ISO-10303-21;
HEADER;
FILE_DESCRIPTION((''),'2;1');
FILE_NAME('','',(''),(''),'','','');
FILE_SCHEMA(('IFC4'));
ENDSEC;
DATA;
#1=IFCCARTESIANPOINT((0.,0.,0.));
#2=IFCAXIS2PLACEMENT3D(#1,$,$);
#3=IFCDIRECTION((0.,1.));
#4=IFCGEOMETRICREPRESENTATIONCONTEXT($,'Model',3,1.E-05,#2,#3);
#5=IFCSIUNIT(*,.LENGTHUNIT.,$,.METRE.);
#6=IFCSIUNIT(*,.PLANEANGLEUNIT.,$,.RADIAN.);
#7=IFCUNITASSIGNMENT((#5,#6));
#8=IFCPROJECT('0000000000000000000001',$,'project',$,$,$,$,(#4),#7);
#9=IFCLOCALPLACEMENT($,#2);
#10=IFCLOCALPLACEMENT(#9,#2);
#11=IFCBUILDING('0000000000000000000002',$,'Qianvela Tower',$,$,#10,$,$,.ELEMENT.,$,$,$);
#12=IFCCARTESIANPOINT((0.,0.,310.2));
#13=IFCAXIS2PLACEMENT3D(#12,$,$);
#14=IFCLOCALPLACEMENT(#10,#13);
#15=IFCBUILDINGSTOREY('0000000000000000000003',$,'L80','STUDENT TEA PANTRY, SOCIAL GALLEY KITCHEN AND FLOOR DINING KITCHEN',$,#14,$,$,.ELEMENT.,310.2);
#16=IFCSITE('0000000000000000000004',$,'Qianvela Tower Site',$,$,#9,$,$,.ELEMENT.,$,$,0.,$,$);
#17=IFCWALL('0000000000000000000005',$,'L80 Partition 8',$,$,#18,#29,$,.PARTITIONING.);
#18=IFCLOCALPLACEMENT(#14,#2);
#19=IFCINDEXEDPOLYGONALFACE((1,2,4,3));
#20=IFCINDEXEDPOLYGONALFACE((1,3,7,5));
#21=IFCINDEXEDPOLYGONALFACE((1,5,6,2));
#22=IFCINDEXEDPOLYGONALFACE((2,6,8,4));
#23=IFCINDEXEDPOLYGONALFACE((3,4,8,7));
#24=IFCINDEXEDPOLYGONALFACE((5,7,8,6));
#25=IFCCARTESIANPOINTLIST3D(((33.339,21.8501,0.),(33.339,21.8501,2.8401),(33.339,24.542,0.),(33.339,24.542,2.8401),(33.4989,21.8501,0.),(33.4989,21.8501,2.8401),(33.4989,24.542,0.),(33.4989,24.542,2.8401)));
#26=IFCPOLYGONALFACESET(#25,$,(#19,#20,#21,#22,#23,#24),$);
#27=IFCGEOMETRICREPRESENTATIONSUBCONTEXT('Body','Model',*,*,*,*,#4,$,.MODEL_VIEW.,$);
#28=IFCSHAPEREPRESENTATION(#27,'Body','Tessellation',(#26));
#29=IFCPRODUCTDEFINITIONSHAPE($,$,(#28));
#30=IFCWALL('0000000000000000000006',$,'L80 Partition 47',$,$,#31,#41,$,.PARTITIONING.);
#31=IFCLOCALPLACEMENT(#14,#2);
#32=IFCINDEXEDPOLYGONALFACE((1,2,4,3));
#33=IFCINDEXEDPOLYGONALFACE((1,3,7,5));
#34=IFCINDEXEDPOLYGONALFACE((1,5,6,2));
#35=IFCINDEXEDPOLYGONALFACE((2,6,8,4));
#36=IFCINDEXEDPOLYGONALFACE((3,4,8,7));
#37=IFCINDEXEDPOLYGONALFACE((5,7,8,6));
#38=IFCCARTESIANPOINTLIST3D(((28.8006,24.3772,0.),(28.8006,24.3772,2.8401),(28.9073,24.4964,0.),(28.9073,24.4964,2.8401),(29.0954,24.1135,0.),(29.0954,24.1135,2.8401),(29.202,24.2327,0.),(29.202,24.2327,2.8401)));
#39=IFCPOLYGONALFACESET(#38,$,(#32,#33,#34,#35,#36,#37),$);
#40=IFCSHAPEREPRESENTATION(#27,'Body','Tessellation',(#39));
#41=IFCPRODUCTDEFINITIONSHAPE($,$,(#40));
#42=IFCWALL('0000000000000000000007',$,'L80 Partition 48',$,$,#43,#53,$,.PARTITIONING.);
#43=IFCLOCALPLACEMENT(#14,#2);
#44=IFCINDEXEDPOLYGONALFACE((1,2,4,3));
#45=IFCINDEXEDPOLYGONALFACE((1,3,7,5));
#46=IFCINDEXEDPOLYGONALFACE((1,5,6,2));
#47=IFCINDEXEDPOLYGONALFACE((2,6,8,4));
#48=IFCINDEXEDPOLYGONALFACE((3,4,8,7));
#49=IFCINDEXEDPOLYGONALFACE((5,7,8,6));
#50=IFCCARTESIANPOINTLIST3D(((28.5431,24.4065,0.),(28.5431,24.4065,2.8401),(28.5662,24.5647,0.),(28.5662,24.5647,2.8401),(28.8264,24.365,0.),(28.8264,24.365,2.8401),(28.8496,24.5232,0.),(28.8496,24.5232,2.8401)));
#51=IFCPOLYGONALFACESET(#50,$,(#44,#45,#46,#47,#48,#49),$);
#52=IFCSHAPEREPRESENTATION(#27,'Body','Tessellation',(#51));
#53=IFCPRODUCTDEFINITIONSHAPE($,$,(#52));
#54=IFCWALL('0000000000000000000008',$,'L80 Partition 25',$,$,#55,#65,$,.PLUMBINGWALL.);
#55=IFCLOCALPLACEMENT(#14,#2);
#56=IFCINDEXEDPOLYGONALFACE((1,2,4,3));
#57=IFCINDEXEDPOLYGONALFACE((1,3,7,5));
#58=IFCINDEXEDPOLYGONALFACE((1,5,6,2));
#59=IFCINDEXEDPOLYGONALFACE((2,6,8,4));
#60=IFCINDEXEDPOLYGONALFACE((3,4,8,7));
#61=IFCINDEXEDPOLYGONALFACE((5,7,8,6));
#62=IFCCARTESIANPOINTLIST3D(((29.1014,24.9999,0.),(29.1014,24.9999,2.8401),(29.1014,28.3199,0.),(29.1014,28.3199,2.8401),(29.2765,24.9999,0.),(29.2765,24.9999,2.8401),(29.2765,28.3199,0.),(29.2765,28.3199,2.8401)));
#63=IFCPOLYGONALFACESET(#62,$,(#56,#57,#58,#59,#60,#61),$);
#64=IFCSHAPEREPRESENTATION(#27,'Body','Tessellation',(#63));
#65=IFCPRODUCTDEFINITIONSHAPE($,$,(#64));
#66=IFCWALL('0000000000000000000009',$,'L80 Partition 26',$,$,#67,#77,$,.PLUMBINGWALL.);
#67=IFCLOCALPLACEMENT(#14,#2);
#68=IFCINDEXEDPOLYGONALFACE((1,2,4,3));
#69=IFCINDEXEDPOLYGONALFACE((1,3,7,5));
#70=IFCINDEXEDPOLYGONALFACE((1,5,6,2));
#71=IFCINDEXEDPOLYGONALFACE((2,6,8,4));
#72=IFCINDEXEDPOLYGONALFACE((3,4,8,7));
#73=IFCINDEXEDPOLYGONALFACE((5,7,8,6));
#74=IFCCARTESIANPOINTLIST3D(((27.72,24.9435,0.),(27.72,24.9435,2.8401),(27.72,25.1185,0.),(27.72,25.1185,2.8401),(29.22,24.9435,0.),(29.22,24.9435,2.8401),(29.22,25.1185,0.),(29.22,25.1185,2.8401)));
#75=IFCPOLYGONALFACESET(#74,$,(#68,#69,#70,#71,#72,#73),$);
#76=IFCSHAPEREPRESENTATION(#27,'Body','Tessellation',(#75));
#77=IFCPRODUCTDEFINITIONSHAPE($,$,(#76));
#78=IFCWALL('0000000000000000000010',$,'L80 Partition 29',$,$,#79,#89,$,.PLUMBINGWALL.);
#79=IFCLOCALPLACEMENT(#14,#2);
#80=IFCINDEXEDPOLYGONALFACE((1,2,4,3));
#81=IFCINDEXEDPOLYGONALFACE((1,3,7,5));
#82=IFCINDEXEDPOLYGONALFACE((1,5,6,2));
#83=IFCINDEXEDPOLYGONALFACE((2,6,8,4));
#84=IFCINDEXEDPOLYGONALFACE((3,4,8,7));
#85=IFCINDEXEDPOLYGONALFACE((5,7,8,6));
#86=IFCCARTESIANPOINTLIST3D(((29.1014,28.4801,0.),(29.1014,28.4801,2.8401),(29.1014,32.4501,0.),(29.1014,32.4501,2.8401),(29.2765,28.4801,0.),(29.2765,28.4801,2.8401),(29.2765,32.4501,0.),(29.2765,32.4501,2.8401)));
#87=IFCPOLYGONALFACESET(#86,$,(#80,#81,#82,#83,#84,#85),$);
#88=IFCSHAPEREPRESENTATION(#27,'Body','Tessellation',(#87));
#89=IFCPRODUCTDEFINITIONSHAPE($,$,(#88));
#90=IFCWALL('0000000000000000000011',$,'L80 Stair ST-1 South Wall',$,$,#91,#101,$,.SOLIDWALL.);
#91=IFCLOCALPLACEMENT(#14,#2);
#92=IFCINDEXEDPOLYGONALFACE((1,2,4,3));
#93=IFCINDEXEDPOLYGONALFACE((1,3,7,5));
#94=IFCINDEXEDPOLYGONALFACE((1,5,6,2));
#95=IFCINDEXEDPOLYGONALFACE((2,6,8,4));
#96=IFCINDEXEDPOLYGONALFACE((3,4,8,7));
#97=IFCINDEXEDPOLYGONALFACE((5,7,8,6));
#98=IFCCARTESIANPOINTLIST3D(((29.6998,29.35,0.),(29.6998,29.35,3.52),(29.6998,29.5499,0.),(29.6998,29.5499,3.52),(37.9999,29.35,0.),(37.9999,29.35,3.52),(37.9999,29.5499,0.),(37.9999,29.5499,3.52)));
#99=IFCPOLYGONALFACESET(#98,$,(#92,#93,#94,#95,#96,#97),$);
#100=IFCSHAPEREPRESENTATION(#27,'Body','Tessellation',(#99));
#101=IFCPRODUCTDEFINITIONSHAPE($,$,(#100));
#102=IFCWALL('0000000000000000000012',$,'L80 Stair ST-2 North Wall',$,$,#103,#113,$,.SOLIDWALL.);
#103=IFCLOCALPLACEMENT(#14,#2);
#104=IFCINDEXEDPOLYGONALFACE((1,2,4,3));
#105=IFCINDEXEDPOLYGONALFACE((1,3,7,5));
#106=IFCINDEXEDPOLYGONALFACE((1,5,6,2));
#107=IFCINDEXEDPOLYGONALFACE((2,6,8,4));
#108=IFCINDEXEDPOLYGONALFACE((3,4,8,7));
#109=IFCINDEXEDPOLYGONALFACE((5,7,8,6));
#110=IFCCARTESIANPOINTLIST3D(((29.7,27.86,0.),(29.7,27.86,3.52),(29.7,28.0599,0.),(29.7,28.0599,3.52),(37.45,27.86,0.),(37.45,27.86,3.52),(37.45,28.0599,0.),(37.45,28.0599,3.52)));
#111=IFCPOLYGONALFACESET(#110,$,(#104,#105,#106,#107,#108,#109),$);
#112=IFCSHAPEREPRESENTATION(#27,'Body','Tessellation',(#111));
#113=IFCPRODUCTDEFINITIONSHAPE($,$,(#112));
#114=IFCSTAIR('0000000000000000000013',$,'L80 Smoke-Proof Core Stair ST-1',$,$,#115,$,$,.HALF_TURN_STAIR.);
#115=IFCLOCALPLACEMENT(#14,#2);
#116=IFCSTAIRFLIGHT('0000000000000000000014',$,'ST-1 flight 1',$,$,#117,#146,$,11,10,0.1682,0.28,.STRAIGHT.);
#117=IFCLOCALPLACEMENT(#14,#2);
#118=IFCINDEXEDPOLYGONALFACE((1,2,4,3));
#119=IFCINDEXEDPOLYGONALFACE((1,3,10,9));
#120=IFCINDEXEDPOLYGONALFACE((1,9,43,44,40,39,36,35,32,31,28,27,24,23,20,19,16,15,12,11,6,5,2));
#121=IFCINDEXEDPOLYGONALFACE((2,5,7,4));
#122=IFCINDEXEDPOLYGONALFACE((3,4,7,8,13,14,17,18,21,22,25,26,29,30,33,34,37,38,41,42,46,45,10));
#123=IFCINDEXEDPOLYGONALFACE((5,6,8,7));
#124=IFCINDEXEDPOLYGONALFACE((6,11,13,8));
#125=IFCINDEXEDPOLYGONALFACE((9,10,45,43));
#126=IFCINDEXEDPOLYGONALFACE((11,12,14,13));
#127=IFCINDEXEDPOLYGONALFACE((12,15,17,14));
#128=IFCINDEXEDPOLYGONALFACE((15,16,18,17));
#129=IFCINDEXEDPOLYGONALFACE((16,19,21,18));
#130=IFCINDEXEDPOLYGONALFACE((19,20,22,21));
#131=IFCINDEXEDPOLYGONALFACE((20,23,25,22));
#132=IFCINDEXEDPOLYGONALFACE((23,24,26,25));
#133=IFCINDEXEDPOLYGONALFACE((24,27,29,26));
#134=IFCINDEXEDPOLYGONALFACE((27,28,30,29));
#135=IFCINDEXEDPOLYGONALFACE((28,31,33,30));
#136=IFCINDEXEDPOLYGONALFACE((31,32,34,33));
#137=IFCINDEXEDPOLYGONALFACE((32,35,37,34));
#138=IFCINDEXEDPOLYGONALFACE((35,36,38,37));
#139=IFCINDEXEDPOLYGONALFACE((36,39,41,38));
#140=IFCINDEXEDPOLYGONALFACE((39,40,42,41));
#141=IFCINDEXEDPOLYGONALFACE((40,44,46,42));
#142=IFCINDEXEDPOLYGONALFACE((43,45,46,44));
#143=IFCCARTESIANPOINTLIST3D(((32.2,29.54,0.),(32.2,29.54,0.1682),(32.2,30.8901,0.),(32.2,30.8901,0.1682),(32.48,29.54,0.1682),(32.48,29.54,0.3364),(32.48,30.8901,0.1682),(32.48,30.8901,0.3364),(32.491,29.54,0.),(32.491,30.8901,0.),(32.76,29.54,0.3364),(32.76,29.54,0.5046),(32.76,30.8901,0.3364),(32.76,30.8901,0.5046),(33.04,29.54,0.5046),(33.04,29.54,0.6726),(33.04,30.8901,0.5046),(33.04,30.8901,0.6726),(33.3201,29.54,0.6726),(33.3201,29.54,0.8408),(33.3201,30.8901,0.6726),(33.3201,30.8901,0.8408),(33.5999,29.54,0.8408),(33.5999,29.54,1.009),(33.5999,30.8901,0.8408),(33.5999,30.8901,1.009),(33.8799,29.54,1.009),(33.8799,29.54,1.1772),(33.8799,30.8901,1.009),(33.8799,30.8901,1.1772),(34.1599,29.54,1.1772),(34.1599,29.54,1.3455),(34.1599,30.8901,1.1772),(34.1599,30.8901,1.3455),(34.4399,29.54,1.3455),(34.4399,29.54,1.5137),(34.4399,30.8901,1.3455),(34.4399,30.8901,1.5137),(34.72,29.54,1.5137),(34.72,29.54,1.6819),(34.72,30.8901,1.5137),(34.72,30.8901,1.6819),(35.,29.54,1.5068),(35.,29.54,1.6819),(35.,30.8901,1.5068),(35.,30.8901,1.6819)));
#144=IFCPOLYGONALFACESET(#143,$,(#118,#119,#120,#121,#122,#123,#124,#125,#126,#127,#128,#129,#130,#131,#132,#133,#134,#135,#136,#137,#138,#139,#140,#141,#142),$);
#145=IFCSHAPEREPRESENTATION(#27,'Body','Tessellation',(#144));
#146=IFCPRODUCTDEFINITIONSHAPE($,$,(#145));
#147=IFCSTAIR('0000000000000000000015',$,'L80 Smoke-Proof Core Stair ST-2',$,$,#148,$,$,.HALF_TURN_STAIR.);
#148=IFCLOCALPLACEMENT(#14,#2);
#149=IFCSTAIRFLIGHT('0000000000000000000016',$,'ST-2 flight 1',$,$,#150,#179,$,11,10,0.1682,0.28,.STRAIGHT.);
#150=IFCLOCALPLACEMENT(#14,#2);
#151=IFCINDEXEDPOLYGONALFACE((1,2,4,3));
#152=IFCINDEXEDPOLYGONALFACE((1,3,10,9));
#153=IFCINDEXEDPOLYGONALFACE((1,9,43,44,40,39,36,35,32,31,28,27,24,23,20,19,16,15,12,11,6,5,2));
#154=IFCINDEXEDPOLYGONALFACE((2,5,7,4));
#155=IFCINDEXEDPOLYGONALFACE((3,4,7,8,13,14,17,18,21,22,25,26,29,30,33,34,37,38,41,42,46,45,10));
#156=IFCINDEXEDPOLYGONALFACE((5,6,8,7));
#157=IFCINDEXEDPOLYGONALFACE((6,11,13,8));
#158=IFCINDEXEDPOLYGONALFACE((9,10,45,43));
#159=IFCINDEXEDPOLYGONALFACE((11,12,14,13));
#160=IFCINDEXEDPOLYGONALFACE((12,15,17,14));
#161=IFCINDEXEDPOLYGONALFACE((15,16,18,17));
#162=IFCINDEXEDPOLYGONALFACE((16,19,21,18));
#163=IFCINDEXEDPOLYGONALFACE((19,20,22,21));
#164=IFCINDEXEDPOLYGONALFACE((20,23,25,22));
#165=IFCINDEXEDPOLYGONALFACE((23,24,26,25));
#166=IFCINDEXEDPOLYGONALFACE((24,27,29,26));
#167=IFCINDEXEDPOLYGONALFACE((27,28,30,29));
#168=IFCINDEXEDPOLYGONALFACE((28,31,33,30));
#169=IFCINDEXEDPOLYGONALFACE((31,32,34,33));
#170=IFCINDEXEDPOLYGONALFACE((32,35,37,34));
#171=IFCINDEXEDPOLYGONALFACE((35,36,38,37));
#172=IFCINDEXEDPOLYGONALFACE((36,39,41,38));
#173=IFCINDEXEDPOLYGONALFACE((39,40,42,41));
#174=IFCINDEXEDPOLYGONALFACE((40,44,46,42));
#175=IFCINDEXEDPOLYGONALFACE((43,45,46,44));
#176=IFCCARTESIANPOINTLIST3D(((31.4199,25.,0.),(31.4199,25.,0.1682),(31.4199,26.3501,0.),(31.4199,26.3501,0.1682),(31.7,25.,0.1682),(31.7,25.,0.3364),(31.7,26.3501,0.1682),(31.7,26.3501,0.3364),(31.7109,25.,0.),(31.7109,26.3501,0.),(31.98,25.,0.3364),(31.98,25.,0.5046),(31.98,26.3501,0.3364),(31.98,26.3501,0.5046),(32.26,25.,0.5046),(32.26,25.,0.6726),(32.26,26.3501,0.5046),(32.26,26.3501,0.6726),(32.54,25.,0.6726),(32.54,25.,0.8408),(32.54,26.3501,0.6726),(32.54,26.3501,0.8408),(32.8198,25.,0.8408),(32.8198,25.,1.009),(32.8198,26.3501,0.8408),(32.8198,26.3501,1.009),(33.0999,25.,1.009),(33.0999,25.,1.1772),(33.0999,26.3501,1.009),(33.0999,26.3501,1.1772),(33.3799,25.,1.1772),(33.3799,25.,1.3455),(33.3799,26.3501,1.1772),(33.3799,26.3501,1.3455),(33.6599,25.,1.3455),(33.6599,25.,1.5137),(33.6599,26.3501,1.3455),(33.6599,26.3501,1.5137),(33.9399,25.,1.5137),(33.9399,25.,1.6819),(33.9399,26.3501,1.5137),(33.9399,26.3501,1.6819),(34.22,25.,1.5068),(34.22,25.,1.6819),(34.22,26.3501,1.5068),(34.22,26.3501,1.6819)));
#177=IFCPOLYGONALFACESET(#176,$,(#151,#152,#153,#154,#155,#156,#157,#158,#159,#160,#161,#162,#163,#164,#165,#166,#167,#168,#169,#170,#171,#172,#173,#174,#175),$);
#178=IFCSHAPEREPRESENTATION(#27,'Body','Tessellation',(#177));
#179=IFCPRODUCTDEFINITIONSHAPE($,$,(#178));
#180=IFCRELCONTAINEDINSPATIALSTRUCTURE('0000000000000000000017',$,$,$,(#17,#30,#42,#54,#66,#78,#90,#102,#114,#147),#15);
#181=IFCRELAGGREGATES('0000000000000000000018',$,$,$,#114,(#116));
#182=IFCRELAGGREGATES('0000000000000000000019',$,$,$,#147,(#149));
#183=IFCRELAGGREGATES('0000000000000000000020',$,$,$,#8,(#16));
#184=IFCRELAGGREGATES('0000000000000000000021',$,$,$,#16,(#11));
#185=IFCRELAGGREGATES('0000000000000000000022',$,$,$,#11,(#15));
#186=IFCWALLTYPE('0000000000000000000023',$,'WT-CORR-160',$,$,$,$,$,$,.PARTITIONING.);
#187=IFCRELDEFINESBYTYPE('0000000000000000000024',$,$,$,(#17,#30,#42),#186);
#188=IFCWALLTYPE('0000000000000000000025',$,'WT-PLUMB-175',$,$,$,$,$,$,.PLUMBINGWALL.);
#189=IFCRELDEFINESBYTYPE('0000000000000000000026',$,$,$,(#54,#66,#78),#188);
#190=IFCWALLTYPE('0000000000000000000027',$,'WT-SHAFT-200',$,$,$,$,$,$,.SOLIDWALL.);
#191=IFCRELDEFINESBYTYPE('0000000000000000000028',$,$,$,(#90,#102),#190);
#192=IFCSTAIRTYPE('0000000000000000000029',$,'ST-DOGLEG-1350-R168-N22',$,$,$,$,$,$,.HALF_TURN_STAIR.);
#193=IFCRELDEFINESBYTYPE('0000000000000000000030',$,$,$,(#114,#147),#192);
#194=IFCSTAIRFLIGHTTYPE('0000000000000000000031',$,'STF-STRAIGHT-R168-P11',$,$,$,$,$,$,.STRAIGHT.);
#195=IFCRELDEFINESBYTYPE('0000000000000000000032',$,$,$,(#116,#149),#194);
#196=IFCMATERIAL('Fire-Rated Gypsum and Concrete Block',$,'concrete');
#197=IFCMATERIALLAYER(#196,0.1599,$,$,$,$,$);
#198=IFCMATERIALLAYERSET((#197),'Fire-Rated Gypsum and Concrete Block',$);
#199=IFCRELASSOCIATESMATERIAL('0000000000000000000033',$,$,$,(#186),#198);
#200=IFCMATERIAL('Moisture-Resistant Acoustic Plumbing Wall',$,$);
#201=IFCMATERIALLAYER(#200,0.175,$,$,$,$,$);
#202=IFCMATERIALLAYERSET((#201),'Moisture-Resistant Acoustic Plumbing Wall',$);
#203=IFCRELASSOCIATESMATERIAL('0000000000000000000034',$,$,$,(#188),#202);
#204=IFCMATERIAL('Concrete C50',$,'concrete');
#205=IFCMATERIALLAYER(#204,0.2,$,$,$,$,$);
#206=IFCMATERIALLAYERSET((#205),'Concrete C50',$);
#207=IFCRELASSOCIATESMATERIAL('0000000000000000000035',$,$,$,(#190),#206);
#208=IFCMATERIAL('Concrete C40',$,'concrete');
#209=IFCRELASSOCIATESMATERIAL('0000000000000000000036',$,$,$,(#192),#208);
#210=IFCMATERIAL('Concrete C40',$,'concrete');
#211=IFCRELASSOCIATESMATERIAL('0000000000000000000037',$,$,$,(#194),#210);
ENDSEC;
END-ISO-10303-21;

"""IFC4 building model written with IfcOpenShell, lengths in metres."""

from ifc_helpers import new_model, si_unit, direction, frame, frame_2d, origin, place, context, subcontext, project, spatial, polyline, rectangle, outline, extrude, material, layer, layer_set, type_object, element, aggregate, save


model = new_model("IFC4")

# Units and contexts
model_context = context("Model", 3, precision=1e-05, world=origin(), true_north=direction((0.0, 1.0)))
body_context = subcontext(model_context, "Body", "Model", "MODEL_VIEW")
ifc_project = project(units=[si_unit("LENGTHUNIT", "METRE"), si_unit("PLANEANGLEUNIT", "RADIAN")], contexts=[model_context])

# Site, building, storey
site_placement = place(None, origin())
site = spatial("IfcSite", under=ifc_project, at=site_placement, Name="Qianvela Tower Site", CompositionType="ELEMENT", RefElevation=0.0)
building_placement = place(site_placement, origin())
building = spatial("IfcBuilding", under=site, at=building_placement, Name="Qianvela Tower", CompositionType="ELEMENT")
storey_placement = place(building_placement, frame((0.0, 0.0, 310.2)))
storey = spatial("IfcBuildingStorey", under=building, at=storey_placement, Name="L80", Description="STUDENT TEA PANTRY, SOCIAL GALLEY KITCHEN AND FLOOR DINING KITCHEN", CompositionType="ELEMENT", Elevation=310.2)

# Walls
ifc_material_1 = material(Name="Fire-Rated Gypsum and Concrete Block", Category="concrete")
ifc_layer_1 = layer(ifc_material_1, 0.1599)
ifc_layer_set_1 = layer_set([ifc_layer_1], Name="Fire-Rated Gypsum and Concrete Block")
wall_type_1 = type_object("IfcWallType", Name="WT-CORR-160", PredefinedType="PARTITIONING", material=ifc_layer_set_1)
wall_1_placement = place(storey_placement, frame((33.4189, 24.542, 0.0), z_axis=(0.0, 0.0, 1.0), x_axis=(0.0, -1.0, 0.0)))
element("IfcWall", 1, at=wall_1_placement, inside=storey, type_object=wall_type_1, Name="L80 Partition 8", PredefinedType="PARTITIONING", context=body_context, shape_type="SweptSolid", body=[
    extrude(rectangle(XDim=2.6919, YDim=0.1599, at=frame_2d((1.3459, 0.0))), origin(), (0.0, 0.0, 1.0), 2.8401),
])
wall_2_placement = place(storey_placement, frame((29.1487, 24.1731, 0.0), z_axis=(0.0, 0.0, 1.0), x_axis=(-0.745225, 0.666813, 0.0)))
element("IfcWall", 2, at=wall_2_placement, inside=storey, type_object=wall_type_1, Name="L80 Partition 47", PredefinedType="PARTITIONING", context=body_context, shape_type="SweptSolid", body=[
    extrude(rectangle(XDim=0.3955, YDim=0.1599, at=frame_2d((0.1978, 0.0))), origin(), (0.0, 0.0, 1.0), 2.8401),
])
wall_3_placement = place(storey_placement, frame((28.8379, 24.4441, 0.0), z_axis=(0.0, 0.0, 1.0), x_axis=(-0.989449, 0.144881, 0.0)))
element("IfcWall", 3, at=wall_3_placement, inside=storey, type_object=wall_type_1, Name="L80 Partition 48", PredefinedType="PARTITIONING", context=body_context, shape_type="SweptSolid", body=[
    extrude(rectangle(XDim=0.2864, YDim=0.1599, at=frame_2d((0.1431, 0.0))), origin(), (0.0, 0.0, 1.0), 2.8401),
])
ifc_material_2 = material(Name="Moisture-Resistant Acoustic Plumbing Wall")
ifc_layer_2 = layer(ifc_material_2, 0.175)
ifc_layer_set_2 = layer_set([ifc_layer_2], Name="Moisture-Resistant Acoustic Plumbing Wall")
wall_type_2 = type_object("IfcWallType", Name="WT-PLUMB-175", PredefinedType="PLUMBINGWALL", material=ifc_layer_set_2)
wall_4_placement = place(storey_placement, frame((29.189, 28.3201, 0.0), z_axis=(0.0, 0.0, 1.0), x_axis=(0.0, -1.0, 0.0)))
element("IfcWall", 4, at=wall_4_placement, inside=storey, type_object=wall_type_2, Name="L80 Partition 25", PredefinedType="PLUMBINGWALL", context=body_context, shape_type="SweptSolid", body=[
    extrude(rectangle(XDim=3.3201, YDim=0.175, at=frame_2d((1.6602, 0.0))), origin(), (0.0, 0.0, 1.0), 2.8401),
])
wall_5_placement = place(storey_placement, frame((29.22, 25.031, 0.0), z_axis=(0.0, 0.0, 1.0), x_axis=(-1.0, 0.0, 0.0)))
element("IfcWall", 5, at=wall_5_placement, inside=storey, type_object=wall_type_2, Name="L80 Partition 26", PredefinedType="PLUMBINGWALL", context=body_context, shape_type="SweptSolid", body=[
    extrude(rectangle(XDim=1.5, YDim=0.175, at=frame_2d((0.75, 0.0))), origin(), (0.0, 0.0, 1.0), 2.8401),
])
wall_6_placement = place(storey_placement, frame((29.189, 32.45, 0.0), z_axis=(0.0, 0.0, 1.0), x_axis=(0.0, -1.0, 0.0)))
element("IfcWall", 6, at=wall_6_placement, inside=storey, type_object=wall_type_2, Name="L80 Partition 29", PredefinedType="PLUMBINGWALL", context=body_context, shape_type="SweptSolid", body=[
    extrude(rectangle(XDim=3.97, YDim=0.175, at=frame_2d((1.9849, 0.0))), origin(), (0.0, 0.0, 1.0), 2.8401),
])
ifc_material_3 = material(Name="Concrete C50", Category="concrete")
ifc_layer_3 = layer(ifc_material_3, 0.2)
ifc_layer_set_3 = layer_set([ifc_layer_3], Name="Concrete C50")
wall_type_3 = type_object("IfcWallType", Name="WT-SHAFT-200", PredefinedType="SOLIDWALL", material=ifc_layer_set_3)
wall_7_placement = place(storey_placement, frame((29.7, 29.45, 0.0), z_axis=(0.0, 0.0, 1.0), x_axis=(1.0, 0.0, 0.0)))
element("IfcWall", 7, at=wall_7_placement, inside=storey, type_object=wall_type_3, Name="L80 Stair ST-1 South Wall", PredefinedType="SOLIDWALL", context=body_context, shape_type="SweptSolid", body=[
    extrude(rectangle(XDim=8.3, YDim=0.2, at=frame_2d((4.1499, 0.0))), origin(), (0.0, 0.0, 1.0), 3.52),
])
wall_8_placement = place(storey_placement, frame((29.7, 27.96, 0.0), z_axis=(0.0, 0.0, 1.0), x_axis=(1.0, 0.0, 0.0)))
element("IfcWall", 8, at=wall_8_placement, inside=storey, type_object=wall_type_3, Name="L80 Stair ST-2 North Wall", PredefinedType="SOLIDWALL", context=body_context, shape_type="SweptSolid", body=[
    extrude(rectangle(XDim=7.75, YDim=0.2, at=frame_2d((3.875, 0.0))), origin(), (0.0, 0.0, 1.0), 3.52),
])

# Stair, stair flight
ifc_material_4 = material(Name="Concrete C40", Category="concrete")
stair_type = type_object("IfcStairType", Name="ST-DOGLEG-1350-R168-N22", PredefinedType="HALF_TURN_STAIR", material=ifc_material_4)
stair_1_placement = place(storey_placement, origin())
stair_1 = element("IfcStair", 9, at=stair_1_placement, inside=storey, type_object=stair_type, Name="L80 Smoke-Proof Core Stair ST-1", PredefinedType="HALF_TURN_STAIR")
ifc_material_5 = material(Name="Concrete C40", Category="concrete")
stair_flight_type = type_object("IfcStairFlightType", Name="STF-STRAIGHT-R168-P11", PredefinedType="STRAIGHT", material=ifc_material_5)
stair_flight_1_placement = place(storey_placement, frame((32.2, 30.2151, 0.0), z_axis=(0.0, 0.0, 1.0), x_axis=(1.0, 0.0, 0.0)))
stair_flight_1 = element("IfcStairFlight", 10, at=stair_flight_1_placement, type_object=stair_flight_type, Name="ST-1 flight 1", NumberOfRisers=11, NumberOfTreads=10, PredefinedType="STRAIGHT", RiserHeight=0.1682, TreadLength=0.28, context=body_context, shape_type="SweptSolid", body=[
    extrude(outline(polyline([(0.0, 0.0), (0.0, 0.1682), (0.28, 0.1682), (0.28, 0.3364), (0.5601, 0.3364), (0.5601, 0.5046), (0.8401, 0.5046), (0.8401, 0.6726), (1.1201, 0.6726), (1.1201, 0.8408), (1.3999, 0.8408), (1.3999, 1.009), (1.6799, 1.009), (1.6799, 1.1772), (1.96, 1.1772), (1.96, 1.3455), (2.24, 1.3455), (2.24, 1.5137), (2.52, 1.5137), (2.52, 1.6819), (2.8, 1.6819), (2.8, 1.8501), (2.8, 1.5068), (0.291, 0.0), (0.0, 0.0)])), frame((0.0, 0.675, 0.0), z_axis=(0.0, -1.0, 0.0), x_axis=(1.0, 0.0, 0.0)), (0.0, 0.0, 1.0), 1.3501),
])
aggregate(stair_1, [stair_flight_1])

# Stair, stair flight
stair_2_placement = place(storey_placement, origin())
stair_2 = element("IfcStair", 11, at=stair_2_placement, inside=storey, type_object=stair_type, Name="L80 Smoke-Proof Core Stair ST-2", PredefinedType="HALF_TURN_STAIR")
stair_flight_2_placement = place(storey_placement, frame((31.4199, 25.675, 0.0), z_axis=(0.0, 0.0, 1.0), x_axis=(1.0, 0.0, 0.0)))
stair_flight_2 = element("IfcStairFlight", 12, at=stair_flight_2_placement, type_object=stair_flight_type, Name="ST-2 flight 1", NumberOfRisers=11, NumberOfTreads=10, PredefinedType="STRAIGHT", RiserHeight=0.1682, TreadLength=0.28, context=body_context, shape_type="SweptSolid", body=[
    extrude(outline(polyline([(0.0, 0.0), (0.0, 0.1682), (0.28, 0.1682), (0.28, 0.3364), (0.5601, 0.3364), (0.5601, 0.5046), (0.8401, 0.5046), (0.8401, 0.6726), (1.1201, 0.6726), (1.1201, 0.8408), (1.3999, 0.8408), (1.3999, 1.009), (1.6799, 1.009), (1.6799, 1.1772), (1.96, 1.1772), (1.96, 1.3455), (2.24, 1.3455), (2.24, 1.5137), (2.52, 1.5137), (2.52, 1.6819), (2.8, 1.6819), (2.8, 1.8501), (2.8, 1.5068), (0.291, 0.0), (0.0, 0.0)])), frame((0.0, 0.675, 0.0), z_axis=(0.0, -1.0, 0.0), x_axis=(1.0, 0.0, 0.0)), (0.0, 0.0, 1.0), 1.3501),
])
aggregate(stair_2, [stair_flight_2])

save(model, "model.ifc")
